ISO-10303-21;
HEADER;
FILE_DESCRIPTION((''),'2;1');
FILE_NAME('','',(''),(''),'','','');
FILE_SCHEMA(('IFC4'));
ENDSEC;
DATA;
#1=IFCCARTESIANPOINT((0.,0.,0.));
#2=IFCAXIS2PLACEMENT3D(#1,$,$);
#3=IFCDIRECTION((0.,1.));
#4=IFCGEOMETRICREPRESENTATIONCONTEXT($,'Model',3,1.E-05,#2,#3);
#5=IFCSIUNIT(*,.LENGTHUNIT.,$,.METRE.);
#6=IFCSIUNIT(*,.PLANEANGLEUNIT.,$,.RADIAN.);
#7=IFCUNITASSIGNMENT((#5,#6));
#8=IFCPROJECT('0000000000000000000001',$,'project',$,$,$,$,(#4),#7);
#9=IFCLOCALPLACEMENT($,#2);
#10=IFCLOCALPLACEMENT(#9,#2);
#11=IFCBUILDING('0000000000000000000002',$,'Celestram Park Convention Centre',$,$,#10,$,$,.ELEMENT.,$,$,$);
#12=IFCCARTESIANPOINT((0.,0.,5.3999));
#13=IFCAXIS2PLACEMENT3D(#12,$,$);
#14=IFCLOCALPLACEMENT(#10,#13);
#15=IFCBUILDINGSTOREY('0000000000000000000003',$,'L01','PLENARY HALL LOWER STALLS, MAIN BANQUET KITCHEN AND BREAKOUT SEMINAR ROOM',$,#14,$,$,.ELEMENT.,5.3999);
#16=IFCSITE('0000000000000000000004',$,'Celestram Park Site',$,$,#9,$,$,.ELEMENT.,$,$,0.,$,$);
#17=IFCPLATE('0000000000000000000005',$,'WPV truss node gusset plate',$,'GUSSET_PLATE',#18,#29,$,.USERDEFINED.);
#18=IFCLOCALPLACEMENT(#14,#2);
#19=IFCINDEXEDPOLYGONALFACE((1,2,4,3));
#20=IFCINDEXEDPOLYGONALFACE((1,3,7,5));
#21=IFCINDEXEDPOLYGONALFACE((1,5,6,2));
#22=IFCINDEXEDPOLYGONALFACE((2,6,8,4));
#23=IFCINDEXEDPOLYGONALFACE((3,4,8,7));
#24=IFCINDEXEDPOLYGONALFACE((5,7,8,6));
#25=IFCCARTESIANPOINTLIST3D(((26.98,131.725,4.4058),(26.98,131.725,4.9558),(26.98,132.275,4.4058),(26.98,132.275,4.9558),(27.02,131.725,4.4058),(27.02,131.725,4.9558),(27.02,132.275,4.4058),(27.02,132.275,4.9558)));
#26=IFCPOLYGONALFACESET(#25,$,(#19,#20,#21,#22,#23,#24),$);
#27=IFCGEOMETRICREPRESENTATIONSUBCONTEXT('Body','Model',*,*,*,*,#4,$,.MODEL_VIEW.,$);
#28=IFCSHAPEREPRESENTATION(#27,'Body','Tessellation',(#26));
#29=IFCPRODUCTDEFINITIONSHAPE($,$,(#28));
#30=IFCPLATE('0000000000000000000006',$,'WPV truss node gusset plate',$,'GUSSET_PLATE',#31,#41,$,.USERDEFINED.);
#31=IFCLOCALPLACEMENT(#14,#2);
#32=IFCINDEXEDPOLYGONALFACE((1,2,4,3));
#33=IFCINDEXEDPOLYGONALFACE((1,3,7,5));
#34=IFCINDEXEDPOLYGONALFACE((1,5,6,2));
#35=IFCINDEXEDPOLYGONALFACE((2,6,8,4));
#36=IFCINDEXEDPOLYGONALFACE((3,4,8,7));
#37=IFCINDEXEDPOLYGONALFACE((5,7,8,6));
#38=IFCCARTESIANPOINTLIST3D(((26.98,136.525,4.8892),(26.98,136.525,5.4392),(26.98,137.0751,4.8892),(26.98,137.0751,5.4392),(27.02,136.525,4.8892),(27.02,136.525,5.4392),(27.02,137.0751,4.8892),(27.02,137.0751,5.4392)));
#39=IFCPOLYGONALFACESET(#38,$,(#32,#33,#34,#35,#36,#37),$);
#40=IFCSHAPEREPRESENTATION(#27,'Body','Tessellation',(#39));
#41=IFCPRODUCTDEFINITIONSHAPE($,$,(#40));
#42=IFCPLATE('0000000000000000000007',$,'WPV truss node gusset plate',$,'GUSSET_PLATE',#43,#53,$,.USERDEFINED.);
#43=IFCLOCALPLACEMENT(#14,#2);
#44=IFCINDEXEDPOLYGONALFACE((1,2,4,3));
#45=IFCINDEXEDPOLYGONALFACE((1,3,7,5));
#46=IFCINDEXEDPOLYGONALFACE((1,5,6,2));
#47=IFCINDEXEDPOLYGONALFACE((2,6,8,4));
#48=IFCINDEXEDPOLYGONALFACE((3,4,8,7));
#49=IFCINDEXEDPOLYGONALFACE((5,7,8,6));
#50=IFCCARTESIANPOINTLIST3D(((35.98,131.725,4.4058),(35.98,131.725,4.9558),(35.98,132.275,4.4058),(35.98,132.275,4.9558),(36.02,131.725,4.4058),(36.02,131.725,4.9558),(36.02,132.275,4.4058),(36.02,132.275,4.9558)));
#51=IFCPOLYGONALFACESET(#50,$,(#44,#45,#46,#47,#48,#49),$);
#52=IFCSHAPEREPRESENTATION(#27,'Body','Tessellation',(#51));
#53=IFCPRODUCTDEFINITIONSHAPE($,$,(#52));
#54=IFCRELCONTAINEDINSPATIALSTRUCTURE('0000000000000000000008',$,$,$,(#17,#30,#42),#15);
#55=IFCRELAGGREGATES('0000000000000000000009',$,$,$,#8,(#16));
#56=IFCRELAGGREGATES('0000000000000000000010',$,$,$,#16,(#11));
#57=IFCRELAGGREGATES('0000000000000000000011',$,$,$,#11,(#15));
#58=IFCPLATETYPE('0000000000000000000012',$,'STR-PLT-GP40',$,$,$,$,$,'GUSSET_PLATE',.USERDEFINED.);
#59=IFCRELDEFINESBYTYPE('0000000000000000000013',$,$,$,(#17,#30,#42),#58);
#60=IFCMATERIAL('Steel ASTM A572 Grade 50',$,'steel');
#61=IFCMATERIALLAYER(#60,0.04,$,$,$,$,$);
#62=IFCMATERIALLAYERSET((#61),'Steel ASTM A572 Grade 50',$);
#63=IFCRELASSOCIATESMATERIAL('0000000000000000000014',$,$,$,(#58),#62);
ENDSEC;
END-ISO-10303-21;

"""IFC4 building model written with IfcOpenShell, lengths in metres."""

from ifc_helpers import new_model, si_unit, direction, frame, origin, origin_2d, place, context, subcontext, project, spatial, rectangle, extrude, material, layer, layer_set, type_object, element, save


model = new_model("IFC4")

# Units and contexts
model_context = context("Model", 3, precision=1e-05, world=origin(), true_north=direction((0.0, 1.0)))
body_context = subcontext(model_context, "Body", "Model", "MODEL_VIEW")
ifc_project = project(units=[si_unit("LENGTHUNIT", "METRE"), si_unit("PLANEANGLEUNIT", "RADIAN")], contexts=[model_context])

# Site, building, storey
site_placement = place(None, origin())
site = spatial("IfcSite", under=ifc_project, at=site_placement, Name="Celestram Park Site", CompositionType="ELEMENT", RefElevation=0.0)
building_placement = place(site_placement, origin())
building = spatial("IfcBuilding", under=site, at=building_placement, Name="Celestram Park Convention Centre", CompositionType="ELEMENT")
storey_placement = place(building_placement, frame((0.0, 0.0, 5.3999)))
storey = spatial("IfcBuildingStorey", under=building, at=storey_placement, Name="L01", Description="PLENARY HALL LOWER STALLS, MAIN BANQUET KITCHEN AND BREAKOUT SEMINAR ROOM", CompositionType="ELEMENT", Elevation=5.3999)

# Plates
ifc_material_1 = material(Name="Steel ASTM A572 Grade 50", Category="steel")
ifc_layer_1 = layer(ifc_material_1, 0.04)
ifc_layer_set_1 = layer_set([ifc_layer_1], Name="Steel ASTM A572 Grade 50")
plate_type_1 = type_object("IfcPlateType", Name="STR-PLT-GP40", ElementType="GUSSET_PLATE", PredefinedType="USERDEFINED", material=ifc_layer_set_1)
for number, where, z_axis, x_axis, name in (
    (1, (27.0, 132.0, 4.4058), (0.0, 0.0, 1.0), (0.0, 1.0, 0.0), "WPV truss node gusset plate"),
    (2, (27.0, 136.8, 4.8892), (0.0, 0.0, 1.0), (0.0, 1.0, 0.0), "WPV truss node gusset plate"),
    (3, (36.0, 132.0, 4.4058), (0.0, 0.0, 1.0), (0.0, 1.0, 0.0), "WPV truss node gusset plate"),
):
    element("IfcPlate", number, at=place(storey_placement, frame(where, z_axis=z_axis, x_axis=x_axis)), inside=storey, type_object=plate_type_1, Name=name, ObjectType="GUSSET_PLATE", PredefinedType="USERDEFINED", context=body_context, shape_type="SweptSolid", body=[
        extrude(rectangle(XDim=0.55, YDim=0.04, at=origin_2d()), origin(), (0.0, 0.0, 1.0), 0.55),
    ])

save(model, "model.ifc")
